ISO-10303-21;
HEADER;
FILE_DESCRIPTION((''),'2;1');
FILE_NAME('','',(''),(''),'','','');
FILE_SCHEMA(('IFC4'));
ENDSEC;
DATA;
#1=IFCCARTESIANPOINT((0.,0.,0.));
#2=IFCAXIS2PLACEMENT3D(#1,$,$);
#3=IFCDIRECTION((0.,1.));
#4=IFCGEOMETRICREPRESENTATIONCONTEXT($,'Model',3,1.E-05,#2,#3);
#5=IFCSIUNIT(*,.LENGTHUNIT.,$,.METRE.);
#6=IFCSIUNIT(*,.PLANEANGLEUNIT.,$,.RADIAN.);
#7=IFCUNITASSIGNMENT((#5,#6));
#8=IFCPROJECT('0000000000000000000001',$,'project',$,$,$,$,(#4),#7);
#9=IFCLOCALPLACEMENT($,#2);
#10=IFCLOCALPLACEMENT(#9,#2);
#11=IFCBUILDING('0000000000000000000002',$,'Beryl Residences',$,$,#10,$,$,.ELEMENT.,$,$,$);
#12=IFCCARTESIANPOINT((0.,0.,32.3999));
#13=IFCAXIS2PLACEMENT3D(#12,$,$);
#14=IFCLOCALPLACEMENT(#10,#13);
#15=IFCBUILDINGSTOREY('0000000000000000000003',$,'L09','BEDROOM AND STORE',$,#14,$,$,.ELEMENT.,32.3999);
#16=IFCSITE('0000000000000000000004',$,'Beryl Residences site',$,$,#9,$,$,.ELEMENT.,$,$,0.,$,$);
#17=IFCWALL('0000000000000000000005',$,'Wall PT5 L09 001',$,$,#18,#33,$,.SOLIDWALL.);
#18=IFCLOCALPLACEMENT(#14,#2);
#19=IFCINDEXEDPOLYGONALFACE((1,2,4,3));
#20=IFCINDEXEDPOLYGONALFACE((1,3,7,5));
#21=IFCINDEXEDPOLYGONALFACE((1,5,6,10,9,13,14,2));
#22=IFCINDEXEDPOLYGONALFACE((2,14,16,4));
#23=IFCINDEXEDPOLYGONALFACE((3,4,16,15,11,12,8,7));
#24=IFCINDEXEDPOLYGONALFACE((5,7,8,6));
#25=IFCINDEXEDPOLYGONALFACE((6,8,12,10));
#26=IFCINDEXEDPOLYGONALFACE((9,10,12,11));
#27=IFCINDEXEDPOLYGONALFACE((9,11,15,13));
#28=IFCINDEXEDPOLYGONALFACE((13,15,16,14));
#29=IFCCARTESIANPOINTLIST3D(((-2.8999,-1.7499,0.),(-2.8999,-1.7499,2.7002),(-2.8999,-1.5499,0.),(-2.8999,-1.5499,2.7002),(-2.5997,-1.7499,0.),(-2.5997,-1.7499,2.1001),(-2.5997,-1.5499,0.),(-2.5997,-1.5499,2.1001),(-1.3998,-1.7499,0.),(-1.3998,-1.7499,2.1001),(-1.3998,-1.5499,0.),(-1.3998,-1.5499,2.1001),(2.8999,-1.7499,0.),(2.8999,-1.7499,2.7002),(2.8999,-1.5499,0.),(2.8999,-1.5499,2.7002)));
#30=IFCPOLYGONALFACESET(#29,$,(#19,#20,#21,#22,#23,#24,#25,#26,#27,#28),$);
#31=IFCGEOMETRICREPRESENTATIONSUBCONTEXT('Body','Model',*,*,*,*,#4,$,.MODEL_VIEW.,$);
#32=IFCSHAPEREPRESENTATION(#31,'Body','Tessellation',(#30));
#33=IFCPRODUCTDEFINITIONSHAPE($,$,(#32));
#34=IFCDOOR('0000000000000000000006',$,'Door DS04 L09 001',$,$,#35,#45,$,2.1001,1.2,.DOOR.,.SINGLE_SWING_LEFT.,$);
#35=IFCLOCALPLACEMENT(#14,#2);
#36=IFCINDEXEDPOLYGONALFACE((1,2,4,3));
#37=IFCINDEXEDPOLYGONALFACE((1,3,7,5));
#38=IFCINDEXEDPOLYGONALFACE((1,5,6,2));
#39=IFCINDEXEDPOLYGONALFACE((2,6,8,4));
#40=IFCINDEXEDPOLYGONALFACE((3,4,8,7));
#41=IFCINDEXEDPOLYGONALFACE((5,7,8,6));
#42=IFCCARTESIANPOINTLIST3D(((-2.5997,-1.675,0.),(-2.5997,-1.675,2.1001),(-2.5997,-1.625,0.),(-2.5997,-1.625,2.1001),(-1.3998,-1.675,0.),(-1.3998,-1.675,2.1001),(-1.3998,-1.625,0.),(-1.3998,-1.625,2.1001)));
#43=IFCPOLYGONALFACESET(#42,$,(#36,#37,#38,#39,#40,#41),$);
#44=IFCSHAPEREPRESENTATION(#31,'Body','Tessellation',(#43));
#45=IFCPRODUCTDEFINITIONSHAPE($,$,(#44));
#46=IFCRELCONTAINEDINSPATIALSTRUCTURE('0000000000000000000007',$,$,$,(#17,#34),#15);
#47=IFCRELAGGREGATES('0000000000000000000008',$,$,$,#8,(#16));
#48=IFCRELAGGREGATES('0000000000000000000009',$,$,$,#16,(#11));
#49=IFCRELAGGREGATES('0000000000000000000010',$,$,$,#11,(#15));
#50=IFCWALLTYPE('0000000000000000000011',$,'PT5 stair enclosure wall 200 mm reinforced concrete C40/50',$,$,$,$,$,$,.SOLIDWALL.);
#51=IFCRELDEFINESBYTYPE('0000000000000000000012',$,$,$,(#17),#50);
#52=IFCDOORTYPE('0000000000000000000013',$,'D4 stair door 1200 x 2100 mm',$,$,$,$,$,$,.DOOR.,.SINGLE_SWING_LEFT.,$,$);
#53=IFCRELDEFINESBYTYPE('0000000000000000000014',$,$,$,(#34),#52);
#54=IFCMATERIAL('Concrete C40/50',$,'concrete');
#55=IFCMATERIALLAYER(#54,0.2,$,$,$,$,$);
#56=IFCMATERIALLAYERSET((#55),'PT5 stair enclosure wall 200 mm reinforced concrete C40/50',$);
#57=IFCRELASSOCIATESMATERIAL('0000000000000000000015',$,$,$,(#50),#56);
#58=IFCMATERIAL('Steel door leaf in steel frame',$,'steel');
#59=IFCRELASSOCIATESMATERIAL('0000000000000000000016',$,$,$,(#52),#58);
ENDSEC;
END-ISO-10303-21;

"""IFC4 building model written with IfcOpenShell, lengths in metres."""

from ifc_helpers import new_model, si_unit, direction, frame, frame_2d, origin, place, context, subcontext, project, spatial, rectangle, extrude, material, layer, layer_set, type_object, element, fill, save


model = new_model("IFC4")

# Units and contexts
model_context = context("Model", 3, precision=1e-05, world=origin(), true_north=direction((0.0, 1.0)))
body_context = subcontext(model_context, "Body", "Model", "MODEL_VIEW")
ifc_project = project(units=[si_unit("LENGTHUNIT", "METRE"), si_unit("PLANEANGLEUNIT", "RADIAN")], contexts=[model_context])

# Site, building, storey
site_placement = place(None, origin())
site = spatial("IfcSite", under=ifc_project, at=site_placement, Name="Beryl Residences site", CompositionType="ELEMENT", RefElevation=0.0)
building_placement = place(site_placement, origin())
building = spatial("IfcBuilding", under=site, at=building_placement, Name="Beryl Residences", CompositionType="ELEMENT")
storey_placement = place(building_placement, frame((0.0, 0.0, 32.3999)))
storey = spatial("IfcBuildingStorey", under=building, at=storey_placement, Name="L09", Description="BEDROOM AND STORE", CompositionType="ELEMENT", Elevation=32.3999)

# Wall, opening, door
ifc_material_1 = material(Name="Concrete C40/50", Category="concrete")
ifc_layer_1 = layer(ifc_material_1, 0.2)
ifc_layer_set_1 = layer_set([ifc_layer_1], Name="PT5 stair enclosure wall 200 mm reinforced concrete C40/50")
wall_type_1 = type_object("IfcWallType", Name="PT5 stair enclosure wall 200 mm reinforced concrete C40/50", PredefinedType="SOLIDWALL", material=ifc_layer_set_1)
wall_1_placement = place(storey_placement, frame((-2.8999, -1.6499, 0.0), z_axis=(0.0, 0.0, 1.0), x_axis=(1.0, 0.0, 0.0)))
wall_1 = element("IfcWall", 1, at=wall_1_placement, inside=storey, type_object=wall_type_1, Name="Wall PT5 L09 001", PredefinedType="SOLIDWALL", context=body_context, shape_type="SweptSolid", body=[
    extrude(rectangle(XDim=5.7998, YDim=0.2, at=frame_2d((2.8999, 0.0))), origin(), (0.0, 0.0, 1.0), 2.7002),
])
opening_1_placement = place(wall_1_placement, frame((0.3, 0.0, 0.0)))
opening_1 = element("IfcOpeningElement", 2, at=opening_1_placement, cuts=wall_1, PredefinedType="OPENING", context=body_context, shape_type="SweptSolid", body=[
    extrude(rectangle(XDim=1.2, YDim=2.1001, at=frame_2d((0.6001, 1.05))), frame((0.0, 0.1099, 0.0), z_axis=(0.0, -1.0, 0.0), x_axis=(1.0, 0.0, 0.0)), (0.0, 0.0, 1.0), 0.22),
])
ifc_material_2 = material(Name="Steel door leaf in steel frame", Category="steel")
door_type_1 = type_object("IfcDoorType", Name="D4 stair door 1200 x 2100 mm", OperationType="SINGLE_SWING_LEFT", PredefinedType="DOOR", material=ifc_material_2)
door_1_placement = place(opening_1_placement, origin())
door_1 = element("IfcDoor", 3, at=door_1_placement, inside=storey, type_object=door_type_1, Name="Door DS04 L09 001", OperationType="SINGLE_SWING_LEFT", OverallHeight=2.1001, OverallWidth=1.2, PredefinedType="DOOR", context=body_context, shape_type="SweptSolid", body=[
    extrude(rectangle(XDim=1.2, YDim=2.1001, at=frame_2d((0.6001, 1.05))), frame((0.0, 0.0249, 0.0), z_axis=(0.0, -1.0, 0.0), x_axis=(1.0, 0.0, 0.0)), (0.0, 0.0, 1.0), 0.05),
])
fill(opening_1, door_1)

save(model, "model.ifc")
